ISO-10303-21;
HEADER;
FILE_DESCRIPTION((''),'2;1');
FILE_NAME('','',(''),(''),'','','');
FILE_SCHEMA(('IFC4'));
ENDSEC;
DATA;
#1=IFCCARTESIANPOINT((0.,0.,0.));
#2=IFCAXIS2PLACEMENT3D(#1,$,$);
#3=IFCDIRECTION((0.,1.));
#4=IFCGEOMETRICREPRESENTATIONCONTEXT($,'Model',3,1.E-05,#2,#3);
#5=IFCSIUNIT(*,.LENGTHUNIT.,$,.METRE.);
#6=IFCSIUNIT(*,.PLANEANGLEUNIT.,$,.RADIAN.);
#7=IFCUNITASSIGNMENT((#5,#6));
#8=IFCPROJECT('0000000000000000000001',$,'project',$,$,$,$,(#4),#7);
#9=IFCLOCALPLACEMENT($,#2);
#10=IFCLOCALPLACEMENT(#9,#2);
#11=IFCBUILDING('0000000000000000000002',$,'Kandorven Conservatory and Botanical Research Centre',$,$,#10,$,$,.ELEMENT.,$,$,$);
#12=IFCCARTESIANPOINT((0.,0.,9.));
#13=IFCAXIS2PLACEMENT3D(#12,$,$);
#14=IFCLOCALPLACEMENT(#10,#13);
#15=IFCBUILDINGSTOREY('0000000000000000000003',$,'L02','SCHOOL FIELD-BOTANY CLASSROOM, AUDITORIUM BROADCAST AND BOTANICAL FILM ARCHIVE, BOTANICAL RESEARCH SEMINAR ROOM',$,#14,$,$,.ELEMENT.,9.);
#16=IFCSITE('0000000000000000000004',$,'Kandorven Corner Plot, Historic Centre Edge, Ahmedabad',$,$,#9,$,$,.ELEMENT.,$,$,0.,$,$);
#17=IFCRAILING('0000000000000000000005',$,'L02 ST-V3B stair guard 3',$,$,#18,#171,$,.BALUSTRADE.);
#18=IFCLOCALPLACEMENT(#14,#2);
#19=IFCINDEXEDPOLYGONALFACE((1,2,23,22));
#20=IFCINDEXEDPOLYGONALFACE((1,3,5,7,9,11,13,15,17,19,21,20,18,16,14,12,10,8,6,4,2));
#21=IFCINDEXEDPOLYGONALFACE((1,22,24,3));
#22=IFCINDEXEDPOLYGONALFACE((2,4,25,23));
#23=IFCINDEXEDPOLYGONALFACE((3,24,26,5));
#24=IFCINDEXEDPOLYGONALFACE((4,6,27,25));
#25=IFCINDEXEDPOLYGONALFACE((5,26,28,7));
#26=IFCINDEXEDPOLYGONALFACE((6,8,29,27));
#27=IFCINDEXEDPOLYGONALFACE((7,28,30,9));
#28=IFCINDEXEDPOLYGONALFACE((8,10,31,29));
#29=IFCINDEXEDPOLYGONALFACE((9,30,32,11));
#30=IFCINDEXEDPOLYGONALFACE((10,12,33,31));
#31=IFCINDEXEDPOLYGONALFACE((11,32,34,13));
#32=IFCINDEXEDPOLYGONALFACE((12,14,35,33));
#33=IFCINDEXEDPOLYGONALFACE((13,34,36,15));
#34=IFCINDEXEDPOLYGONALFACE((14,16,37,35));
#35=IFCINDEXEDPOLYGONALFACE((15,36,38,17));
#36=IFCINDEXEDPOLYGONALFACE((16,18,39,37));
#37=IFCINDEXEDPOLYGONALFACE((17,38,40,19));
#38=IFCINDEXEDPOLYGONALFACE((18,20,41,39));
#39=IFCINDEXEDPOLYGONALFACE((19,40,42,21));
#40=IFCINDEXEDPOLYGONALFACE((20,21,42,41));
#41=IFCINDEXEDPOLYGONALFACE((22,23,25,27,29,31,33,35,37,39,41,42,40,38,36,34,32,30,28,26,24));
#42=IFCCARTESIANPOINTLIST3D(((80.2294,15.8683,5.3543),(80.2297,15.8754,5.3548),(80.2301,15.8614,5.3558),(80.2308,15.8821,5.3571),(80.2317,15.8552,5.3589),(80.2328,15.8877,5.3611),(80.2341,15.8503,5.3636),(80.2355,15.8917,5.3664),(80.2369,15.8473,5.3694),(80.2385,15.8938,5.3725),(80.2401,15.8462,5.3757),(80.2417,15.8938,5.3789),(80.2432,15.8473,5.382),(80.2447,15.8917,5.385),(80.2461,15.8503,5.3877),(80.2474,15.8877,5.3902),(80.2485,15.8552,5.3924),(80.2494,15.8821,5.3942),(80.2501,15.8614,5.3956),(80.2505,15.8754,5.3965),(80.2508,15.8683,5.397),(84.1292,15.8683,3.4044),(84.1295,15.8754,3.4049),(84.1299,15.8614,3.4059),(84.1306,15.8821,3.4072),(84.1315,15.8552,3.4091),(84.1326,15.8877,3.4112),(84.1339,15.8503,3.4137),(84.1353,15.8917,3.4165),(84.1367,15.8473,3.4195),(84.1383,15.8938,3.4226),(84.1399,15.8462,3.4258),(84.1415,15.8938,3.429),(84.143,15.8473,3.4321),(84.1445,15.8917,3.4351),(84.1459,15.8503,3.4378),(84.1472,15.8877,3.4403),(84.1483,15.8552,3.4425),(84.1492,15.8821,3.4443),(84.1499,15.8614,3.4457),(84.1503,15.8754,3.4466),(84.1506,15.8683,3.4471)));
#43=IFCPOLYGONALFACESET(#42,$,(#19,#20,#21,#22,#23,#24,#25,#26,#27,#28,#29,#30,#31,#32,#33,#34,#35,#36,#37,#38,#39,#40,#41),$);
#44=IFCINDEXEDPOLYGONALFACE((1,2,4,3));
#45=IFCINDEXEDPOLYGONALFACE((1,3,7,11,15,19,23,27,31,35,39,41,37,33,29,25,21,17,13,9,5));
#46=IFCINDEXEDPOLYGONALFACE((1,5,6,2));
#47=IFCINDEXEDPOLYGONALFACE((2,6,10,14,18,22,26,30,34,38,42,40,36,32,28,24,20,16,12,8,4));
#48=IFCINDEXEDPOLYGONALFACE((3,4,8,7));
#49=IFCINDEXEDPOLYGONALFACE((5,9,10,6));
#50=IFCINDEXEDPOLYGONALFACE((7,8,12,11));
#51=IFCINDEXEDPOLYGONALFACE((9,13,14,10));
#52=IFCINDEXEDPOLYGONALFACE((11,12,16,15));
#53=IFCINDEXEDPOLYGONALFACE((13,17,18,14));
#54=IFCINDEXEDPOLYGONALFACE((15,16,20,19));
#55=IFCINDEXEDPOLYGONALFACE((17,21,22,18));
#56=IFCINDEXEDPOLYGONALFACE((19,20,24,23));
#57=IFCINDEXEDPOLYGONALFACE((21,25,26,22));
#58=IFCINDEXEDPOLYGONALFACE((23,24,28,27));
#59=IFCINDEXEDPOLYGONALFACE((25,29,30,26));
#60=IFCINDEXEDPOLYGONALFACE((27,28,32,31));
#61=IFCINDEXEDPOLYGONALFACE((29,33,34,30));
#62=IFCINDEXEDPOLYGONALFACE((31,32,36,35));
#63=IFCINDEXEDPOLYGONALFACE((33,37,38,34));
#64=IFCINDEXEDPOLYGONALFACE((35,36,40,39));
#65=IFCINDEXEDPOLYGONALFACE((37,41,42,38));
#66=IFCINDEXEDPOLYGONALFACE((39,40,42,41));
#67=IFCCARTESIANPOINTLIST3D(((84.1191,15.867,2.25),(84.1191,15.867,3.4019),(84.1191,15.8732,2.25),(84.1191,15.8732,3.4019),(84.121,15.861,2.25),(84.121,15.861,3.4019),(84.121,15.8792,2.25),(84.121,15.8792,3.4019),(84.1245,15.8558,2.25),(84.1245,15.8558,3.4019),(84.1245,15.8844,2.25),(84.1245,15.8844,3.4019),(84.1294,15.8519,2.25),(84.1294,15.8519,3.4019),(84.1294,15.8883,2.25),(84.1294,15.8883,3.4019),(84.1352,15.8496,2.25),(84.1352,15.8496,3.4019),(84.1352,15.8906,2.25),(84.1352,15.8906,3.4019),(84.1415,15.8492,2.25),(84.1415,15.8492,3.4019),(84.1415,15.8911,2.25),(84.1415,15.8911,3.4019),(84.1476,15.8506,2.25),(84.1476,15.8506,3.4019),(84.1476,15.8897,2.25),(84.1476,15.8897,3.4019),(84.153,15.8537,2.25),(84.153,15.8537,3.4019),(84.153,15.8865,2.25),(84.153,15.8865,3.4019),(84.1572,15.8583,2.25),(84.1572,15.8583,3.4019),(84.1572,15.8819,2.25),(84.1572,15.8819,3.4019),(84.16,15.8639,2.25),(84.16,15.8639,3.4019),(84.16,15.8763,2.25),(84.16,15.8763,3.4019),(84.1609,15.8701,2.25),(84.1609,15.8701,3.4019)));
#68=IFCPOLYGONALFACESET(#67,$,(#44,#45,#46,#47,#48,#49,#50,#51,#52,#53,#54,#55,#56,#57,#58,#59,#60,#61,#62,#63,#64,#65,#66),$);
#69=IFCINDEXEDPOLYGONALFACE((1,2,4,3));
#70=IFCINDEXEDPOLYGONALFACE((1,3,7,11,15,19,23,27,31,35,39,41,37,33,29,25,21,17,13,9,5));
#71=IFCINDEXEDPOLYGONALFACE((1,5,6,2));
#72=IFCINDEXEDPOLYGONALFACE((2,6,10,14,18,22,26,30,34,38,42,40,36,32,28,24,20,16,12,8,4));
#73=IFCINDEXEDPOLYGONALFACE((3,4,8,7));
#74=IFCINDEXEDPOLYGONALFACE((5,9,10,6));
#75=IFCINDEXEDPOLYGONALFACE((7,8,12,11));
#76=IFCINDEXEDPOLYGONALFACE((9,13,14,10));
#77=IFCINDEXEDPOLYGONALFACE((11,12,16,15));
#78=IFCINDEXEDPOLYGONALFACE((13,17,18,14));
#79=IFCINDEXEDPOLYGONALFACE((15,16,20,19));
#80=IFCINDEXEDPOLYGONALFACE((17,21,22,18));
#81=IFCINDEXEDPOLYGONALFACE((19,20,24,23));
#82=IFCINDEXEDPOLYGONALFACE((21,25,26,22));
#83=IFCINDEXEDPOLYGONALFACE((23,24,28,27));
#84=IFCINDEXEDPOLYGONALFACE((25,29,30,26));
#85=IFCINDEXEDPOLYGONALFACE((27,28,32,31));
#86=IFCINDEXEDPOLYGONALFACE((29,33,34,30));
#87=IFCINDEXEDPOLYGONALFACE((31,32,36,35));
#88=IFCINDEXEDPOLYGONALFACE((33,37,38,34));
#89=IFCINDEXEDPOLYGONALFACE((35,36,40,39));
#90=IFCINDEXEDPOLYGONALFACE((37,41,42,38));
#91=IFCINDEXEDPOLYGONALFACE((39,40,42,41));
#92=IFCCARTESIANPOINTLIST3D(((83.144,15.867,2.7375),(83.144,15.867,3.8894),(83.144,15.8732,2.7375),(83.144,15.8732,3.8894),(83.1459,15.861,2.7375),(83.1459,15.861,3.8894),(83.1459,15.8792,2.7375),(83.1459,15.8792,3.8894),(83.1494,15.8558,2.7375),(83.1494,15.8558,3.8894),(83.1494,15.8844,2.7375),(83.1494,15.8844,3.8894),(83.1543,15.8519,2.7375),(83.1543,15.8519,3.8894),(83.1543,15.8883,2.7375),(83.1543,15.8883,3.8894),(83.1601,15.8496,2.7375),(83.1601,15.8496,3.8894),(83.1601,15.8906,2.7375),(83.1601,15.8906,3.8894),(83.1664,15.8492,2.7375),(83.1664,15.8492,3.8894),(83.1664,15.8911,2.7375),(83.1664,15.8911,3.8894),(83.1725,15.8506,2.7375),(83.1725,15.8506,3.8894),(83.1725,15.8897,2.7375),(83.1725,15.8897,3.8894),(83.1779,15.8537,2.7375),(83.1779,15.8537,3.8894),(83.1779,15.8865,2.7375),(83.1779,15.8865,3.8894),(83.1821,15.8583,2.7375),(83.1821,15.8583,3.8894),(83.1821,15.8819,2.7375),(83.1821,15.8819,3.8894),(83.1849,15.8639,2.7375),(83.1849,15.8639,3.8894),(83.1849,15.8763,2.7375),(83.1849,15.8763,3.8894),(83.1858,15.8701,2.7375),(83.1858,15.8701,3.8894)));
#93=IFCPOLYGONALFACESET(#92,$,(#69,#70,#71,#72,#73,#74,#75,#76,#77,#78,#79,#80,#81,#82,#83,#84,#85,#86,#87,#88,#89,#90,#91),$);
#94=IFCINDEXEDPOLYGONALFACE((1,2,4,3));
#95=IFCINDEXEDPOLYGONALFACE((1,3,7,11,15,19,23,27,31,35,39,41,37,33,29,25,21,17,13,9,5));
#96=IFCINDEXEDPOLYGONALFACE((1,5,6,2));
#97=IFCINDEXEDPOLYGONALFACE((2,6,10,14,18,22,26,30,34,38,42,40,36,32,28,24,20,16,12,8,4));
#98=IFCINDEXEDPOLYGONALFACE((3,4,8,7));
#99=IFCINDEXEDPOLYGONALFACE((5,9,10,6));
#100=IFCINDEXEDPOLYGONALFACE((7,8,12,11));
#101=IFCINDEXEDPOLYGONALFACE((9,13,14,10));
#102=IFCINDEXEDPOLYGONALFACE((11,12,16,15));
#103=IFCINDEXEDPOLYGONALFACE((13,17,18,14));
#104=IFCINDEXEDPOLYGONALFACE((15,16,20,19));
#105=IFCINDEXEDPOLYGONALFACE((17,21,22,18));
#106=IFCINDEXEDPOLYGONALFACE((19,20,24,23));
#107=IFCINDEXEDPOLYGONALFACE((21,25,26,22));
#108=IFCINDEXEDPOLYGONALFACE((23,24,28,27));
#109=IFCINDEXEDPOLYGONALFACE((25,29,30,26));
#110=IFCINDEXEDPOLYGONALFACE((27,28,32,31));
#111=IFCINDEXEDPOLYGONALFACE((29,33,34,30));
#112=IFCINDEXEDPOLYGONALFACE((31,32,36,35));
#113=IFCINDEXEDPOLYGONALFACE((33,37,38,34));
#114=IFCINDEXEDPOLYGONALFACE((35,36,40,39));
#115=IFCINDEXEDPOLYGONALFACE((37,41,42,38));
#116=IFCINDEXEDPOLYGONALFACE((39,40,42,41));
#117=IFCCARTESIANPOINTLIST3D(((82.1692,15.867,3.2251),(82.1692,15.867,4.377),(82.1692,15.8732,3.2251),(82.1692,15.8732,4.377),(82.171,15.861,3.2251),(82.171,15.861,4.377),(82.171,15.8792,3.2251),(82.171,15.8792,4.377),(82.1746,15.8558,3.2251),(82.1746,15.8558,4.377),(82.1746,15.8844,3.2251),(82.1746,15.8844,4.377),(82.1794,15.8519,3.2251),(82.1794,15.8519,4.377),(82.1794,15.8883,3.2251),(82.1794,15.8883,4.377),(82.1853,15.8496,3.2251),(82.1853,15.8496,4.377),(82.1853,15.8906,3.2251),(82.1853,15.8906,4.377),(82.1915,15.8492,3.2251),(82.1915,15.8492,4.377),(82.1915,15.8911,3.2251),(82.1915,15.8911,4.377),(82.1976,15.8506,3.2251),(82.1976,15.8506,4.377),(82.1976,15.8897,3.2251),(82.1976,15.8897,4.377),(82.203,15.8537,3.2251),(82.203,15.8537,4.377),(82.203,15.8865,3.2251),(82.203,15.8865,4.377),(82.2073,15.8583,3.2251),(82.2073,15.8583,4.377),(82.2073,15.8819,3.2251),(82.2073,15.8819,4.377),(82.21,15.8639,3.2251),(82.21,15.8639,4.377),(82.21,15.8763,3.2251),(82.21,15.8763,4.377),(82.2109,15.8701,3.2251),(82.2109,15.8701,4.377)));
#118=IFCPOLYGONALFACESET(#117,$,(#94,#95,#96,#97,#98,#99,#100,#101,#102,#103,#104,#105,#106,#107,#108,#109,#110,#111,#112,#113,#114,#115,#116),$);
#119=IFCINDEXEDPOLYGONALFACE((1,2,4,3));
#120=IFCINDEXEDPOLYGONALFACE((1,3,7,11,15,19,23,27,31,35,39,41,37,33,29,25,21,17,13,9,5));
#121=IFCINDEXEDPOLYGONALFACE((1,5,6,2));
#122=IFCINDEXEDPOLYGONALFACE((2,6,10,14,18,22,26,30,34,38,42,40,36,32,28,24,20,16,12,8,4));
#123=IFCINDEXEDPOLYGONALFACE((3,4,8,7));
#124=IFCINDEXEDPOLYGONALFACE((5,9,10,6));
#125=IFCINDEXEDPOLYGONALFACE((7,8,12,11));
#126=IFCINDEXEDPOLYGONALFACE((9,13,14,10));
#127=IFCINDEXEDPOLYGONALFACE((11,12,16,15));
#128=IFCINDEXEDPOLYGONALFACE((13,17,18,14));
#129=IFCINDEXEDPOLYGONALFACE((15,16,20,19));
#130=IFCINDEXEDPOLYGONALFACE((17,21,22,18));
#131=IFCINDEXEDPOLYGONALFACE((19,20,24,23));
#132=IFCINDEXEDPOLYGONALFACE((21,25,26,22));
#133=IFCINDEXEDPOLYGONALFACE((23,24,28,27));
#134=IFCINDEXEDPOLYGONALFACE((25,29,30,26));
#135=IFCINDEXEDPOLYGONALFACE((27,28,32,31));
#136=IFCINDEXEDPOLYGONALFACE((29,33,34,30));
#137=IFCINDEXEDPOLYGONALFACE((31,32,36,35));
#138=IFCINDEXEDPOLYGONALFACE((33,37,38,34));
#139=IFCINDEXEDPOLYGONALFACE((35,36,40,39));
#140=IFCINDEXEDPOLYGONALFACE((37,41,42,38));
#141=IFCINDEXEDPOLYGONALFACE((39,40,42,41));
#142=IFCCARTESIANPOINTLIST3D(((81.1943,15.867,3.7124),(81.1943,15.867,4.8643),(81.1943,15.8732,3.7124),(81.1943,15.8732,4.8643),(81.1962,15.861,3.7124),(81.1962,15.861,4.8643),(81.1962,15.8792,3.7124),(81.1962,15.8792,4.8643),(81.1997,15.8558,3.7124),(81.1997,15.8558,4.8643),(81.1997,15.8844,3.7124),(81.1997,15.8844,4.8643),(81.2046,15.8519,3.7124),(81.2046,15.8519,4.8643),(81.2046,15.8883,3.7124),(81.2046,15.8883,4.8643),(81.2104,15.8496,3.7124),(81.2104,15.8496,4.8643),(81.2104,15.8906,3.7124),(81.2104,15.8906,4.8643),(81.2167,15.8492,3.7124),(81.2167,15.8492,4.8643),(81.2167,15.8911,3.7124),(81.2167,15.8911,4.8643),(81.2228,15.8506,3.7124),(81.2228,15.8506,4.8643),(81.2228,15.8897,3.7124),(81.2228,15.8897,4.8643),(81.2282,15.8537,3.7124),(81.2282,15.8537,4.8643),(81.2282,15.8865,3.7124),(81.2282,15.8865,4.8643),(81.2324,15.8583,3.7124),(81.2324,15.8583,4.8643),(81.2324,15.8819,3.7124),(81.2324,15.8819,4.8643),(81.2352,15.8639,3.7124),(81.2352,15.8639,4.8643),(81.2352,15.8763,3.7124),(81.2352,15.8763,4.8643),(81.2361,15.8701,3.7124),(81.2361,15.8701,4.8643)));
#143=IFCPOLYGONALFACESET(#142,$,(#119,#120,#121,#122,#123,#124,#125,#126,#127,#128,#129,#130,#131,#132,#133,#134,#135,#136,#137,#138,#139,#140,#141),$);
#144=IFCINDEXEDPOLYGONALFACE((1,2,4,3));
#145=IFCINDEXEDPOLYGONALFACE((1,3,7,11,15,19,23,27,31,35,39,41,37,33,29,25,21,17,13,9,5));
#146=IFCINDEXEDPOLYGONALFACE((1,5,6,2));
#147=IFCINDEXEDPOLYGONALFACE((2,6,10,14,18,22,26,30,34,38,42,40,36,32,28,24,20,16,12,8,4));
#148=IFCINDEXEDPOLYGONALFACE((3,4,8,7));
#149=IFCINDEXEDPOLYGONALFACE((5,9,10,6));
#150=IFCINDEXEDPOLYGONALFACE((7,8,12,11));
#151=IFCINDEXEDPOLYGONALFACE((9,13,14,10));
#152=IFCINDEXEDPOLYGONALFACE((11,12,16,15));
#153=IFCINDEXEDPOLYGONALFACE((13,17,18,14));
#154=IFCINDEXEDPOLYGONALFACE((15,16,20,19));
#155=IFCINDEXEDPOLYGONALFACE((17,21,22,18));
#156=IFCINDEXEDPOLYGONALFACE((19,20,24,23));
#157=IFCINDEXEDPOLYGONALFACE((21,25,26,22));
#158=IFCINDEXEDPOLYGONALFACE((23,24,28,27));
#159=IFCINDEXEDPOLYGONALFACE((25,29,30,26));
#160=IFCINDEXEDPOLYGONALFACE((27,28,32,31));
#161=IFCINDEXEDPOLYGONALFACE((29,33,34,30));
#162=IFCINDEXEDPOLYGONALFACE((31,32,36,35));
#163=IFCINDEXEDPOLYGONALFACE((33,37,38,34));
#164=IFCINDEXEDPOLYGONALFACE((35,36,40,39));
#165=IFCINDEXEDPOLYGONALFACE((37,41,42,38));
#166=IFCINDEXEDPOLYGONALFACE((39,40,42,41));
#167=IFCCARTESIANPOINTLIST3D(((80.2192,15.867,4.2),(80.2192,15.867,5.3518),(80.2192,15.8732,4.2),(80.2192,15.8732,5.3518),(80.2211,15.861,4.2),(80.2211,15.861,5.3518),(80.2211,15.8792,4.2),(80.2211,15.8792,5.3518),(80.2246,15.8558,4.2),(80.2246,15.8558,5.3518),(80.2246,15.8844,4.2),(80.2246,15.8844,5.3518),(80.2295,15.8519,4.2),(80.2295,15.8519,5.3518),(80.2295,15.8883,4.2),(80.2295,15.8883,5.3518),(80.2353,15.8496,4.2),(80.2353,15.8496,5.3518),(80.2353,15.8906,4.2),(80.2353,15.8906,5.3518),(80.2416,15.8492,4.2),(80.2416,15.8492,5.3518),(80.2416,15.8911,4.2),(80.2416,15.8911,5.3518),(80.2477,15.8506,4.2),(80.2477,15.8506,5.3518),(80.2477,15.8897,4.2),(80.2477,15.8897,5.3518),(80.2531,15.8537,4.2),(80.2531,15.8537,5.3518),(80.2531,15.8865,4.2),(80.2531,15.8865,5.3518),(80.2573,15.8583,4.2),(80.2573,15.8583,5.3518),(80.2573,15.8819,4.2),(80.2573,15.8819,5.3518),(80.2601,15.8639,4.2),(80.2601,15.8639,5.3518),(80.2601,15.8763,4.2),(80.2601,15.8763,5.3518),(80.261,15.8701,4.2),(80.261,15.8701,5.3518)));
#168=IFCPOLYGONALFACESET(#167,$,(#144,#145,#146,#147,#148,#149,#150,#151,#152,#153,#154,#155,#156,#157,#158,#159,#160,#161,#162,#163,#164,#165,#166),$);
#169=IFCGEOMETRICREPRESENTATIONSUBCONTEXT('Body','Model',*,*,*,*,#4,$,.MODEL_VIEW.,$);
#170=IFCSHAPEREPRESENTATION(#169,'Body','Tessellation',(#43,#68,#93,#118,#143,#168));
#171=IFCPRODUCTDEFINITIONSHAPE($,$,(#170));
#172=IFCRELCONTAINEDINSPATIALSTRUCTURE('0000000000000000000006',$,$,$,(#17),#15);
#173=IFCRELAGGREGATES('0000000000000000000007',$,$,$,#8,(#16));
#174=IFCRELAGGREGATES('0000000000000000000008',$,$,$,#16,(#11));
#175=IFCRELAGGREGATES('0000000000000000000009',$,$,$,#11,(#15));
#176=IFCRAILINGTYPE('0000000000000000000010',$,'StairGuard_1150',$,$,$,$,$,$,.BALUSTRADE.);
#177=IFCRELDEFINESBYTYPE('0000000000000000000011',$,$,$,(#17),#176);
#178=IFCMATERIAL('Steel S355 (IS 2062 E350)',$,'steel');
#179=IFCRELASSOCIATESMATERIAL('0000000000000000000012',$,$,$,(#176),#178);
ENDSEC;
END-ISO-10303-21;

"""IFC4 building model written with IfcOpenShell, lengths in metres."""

from ifc_helpers import new_model, si_unit, direction, frame, origin, origin_2d, place, context, subcontext, project, spatial, circle, extrude, material, type_object, element, save


model = new_model("IFC4")

# Units and contexts
model_context = context("Model", 3, precision=1e-05, world=origin(), true_north=direction((0.0, 1.0)))
body_context = subcontext(model_context, "Body", "Model", "MODEL_VIEW")
ifc_project = project(units=[si_unit("LENGTHUNIT", "METRE"), si_unit("PLANEANGLEUNIT", "RADIAN")], contexts=[model_context])

# Site, building, storey
site_placement = place(None, origin())
site = spatial("IfcSite", under=ifc_project, at=site_placement, Name="Kandorven Corner Plot, Historic Centre Edge, Ahmedabad", CompositionType="ELEMENT", RefElevation=0.0)
building_placement = place(site_placement, origin())
building = spatial("IfcBuilding", under=site, at=building_placement, Name="Kandorven Conservatory and Botanical Research Centre", CompositionType="ELEMENT")
storey_placement = place(building_placement, frame((0.0, 0.0, 9.0)))
storey = spatial("IfcBuildingStorey", under=building, at=storey_placement, Name="L02", Description="SCHOOL FIELD-BOTANY CLASSROOM, AUDITORIUM BROADCAST AND BOTANICAL FILM ARCHIVE, BOTANICAL RESEARCH SEMINAR ROOM", CompositionType="ELEMENT", Elevation=9.0)

# Railing
ifc_material_1 = material(Name="Steel S355 (IS 2062 E350)", Category="steel")
railing_type_1 = type_object("IfcRailingType", Name="StairGuard_1150", PredefinedType="BALUSTRADE", material=ifc_material_1)
railing_1_placement = place(storey_placement, frame((84.1399, 15.8701, 2.25)))
element("IfcRailing", 1, at=railing_1_placement, inside=storey, type_object=railing_type_1, Name="L02 ST-V3B stair guard 3", PredefinedType="BALUSTRADE", context=body_context, shape_type="SweptSolid", body=[
    extrude(circle(Radius=0.0239, at=origin_2d()), frame((0.0, 0.0, 1.1758), z_axis=(-0.894427, 0.0, 0.447214), x_axis=(0.0, -1.0, 0.0)), (0.0, 0.0, 1.0), 4.3601),
    extrude(circle(Radius=0.021, at=origin_2d()), origin(), (0.0, 0.0, 1.0), 1.1519),
    extrude(circle(Radius=0.021, at=origin_2d()), frame((-0.9751, 0.0, 0.4875)), (0.0, 0.0, 1.0), 1.1519),
    extrude(circle(Radius=0.021, at=origin_2d()), frame((-1.95, 0.0, 0.9751)), (0.0, 0.0, 1.0), 1.1519),
    extrude(circle(Radius=0.021, at=origin_2d()), frame((-2.9248, 0.0, 1.4624)), (0.0, 0.0, 1.0), 1.1519),
    extrude(circle(Radius=0.021, at=origin_2d()), frame((-3.8999, 0.0, 1.95)), (0.0, 0.0, 1.0), 1.1519),
])

save(model, "model.ifc")
